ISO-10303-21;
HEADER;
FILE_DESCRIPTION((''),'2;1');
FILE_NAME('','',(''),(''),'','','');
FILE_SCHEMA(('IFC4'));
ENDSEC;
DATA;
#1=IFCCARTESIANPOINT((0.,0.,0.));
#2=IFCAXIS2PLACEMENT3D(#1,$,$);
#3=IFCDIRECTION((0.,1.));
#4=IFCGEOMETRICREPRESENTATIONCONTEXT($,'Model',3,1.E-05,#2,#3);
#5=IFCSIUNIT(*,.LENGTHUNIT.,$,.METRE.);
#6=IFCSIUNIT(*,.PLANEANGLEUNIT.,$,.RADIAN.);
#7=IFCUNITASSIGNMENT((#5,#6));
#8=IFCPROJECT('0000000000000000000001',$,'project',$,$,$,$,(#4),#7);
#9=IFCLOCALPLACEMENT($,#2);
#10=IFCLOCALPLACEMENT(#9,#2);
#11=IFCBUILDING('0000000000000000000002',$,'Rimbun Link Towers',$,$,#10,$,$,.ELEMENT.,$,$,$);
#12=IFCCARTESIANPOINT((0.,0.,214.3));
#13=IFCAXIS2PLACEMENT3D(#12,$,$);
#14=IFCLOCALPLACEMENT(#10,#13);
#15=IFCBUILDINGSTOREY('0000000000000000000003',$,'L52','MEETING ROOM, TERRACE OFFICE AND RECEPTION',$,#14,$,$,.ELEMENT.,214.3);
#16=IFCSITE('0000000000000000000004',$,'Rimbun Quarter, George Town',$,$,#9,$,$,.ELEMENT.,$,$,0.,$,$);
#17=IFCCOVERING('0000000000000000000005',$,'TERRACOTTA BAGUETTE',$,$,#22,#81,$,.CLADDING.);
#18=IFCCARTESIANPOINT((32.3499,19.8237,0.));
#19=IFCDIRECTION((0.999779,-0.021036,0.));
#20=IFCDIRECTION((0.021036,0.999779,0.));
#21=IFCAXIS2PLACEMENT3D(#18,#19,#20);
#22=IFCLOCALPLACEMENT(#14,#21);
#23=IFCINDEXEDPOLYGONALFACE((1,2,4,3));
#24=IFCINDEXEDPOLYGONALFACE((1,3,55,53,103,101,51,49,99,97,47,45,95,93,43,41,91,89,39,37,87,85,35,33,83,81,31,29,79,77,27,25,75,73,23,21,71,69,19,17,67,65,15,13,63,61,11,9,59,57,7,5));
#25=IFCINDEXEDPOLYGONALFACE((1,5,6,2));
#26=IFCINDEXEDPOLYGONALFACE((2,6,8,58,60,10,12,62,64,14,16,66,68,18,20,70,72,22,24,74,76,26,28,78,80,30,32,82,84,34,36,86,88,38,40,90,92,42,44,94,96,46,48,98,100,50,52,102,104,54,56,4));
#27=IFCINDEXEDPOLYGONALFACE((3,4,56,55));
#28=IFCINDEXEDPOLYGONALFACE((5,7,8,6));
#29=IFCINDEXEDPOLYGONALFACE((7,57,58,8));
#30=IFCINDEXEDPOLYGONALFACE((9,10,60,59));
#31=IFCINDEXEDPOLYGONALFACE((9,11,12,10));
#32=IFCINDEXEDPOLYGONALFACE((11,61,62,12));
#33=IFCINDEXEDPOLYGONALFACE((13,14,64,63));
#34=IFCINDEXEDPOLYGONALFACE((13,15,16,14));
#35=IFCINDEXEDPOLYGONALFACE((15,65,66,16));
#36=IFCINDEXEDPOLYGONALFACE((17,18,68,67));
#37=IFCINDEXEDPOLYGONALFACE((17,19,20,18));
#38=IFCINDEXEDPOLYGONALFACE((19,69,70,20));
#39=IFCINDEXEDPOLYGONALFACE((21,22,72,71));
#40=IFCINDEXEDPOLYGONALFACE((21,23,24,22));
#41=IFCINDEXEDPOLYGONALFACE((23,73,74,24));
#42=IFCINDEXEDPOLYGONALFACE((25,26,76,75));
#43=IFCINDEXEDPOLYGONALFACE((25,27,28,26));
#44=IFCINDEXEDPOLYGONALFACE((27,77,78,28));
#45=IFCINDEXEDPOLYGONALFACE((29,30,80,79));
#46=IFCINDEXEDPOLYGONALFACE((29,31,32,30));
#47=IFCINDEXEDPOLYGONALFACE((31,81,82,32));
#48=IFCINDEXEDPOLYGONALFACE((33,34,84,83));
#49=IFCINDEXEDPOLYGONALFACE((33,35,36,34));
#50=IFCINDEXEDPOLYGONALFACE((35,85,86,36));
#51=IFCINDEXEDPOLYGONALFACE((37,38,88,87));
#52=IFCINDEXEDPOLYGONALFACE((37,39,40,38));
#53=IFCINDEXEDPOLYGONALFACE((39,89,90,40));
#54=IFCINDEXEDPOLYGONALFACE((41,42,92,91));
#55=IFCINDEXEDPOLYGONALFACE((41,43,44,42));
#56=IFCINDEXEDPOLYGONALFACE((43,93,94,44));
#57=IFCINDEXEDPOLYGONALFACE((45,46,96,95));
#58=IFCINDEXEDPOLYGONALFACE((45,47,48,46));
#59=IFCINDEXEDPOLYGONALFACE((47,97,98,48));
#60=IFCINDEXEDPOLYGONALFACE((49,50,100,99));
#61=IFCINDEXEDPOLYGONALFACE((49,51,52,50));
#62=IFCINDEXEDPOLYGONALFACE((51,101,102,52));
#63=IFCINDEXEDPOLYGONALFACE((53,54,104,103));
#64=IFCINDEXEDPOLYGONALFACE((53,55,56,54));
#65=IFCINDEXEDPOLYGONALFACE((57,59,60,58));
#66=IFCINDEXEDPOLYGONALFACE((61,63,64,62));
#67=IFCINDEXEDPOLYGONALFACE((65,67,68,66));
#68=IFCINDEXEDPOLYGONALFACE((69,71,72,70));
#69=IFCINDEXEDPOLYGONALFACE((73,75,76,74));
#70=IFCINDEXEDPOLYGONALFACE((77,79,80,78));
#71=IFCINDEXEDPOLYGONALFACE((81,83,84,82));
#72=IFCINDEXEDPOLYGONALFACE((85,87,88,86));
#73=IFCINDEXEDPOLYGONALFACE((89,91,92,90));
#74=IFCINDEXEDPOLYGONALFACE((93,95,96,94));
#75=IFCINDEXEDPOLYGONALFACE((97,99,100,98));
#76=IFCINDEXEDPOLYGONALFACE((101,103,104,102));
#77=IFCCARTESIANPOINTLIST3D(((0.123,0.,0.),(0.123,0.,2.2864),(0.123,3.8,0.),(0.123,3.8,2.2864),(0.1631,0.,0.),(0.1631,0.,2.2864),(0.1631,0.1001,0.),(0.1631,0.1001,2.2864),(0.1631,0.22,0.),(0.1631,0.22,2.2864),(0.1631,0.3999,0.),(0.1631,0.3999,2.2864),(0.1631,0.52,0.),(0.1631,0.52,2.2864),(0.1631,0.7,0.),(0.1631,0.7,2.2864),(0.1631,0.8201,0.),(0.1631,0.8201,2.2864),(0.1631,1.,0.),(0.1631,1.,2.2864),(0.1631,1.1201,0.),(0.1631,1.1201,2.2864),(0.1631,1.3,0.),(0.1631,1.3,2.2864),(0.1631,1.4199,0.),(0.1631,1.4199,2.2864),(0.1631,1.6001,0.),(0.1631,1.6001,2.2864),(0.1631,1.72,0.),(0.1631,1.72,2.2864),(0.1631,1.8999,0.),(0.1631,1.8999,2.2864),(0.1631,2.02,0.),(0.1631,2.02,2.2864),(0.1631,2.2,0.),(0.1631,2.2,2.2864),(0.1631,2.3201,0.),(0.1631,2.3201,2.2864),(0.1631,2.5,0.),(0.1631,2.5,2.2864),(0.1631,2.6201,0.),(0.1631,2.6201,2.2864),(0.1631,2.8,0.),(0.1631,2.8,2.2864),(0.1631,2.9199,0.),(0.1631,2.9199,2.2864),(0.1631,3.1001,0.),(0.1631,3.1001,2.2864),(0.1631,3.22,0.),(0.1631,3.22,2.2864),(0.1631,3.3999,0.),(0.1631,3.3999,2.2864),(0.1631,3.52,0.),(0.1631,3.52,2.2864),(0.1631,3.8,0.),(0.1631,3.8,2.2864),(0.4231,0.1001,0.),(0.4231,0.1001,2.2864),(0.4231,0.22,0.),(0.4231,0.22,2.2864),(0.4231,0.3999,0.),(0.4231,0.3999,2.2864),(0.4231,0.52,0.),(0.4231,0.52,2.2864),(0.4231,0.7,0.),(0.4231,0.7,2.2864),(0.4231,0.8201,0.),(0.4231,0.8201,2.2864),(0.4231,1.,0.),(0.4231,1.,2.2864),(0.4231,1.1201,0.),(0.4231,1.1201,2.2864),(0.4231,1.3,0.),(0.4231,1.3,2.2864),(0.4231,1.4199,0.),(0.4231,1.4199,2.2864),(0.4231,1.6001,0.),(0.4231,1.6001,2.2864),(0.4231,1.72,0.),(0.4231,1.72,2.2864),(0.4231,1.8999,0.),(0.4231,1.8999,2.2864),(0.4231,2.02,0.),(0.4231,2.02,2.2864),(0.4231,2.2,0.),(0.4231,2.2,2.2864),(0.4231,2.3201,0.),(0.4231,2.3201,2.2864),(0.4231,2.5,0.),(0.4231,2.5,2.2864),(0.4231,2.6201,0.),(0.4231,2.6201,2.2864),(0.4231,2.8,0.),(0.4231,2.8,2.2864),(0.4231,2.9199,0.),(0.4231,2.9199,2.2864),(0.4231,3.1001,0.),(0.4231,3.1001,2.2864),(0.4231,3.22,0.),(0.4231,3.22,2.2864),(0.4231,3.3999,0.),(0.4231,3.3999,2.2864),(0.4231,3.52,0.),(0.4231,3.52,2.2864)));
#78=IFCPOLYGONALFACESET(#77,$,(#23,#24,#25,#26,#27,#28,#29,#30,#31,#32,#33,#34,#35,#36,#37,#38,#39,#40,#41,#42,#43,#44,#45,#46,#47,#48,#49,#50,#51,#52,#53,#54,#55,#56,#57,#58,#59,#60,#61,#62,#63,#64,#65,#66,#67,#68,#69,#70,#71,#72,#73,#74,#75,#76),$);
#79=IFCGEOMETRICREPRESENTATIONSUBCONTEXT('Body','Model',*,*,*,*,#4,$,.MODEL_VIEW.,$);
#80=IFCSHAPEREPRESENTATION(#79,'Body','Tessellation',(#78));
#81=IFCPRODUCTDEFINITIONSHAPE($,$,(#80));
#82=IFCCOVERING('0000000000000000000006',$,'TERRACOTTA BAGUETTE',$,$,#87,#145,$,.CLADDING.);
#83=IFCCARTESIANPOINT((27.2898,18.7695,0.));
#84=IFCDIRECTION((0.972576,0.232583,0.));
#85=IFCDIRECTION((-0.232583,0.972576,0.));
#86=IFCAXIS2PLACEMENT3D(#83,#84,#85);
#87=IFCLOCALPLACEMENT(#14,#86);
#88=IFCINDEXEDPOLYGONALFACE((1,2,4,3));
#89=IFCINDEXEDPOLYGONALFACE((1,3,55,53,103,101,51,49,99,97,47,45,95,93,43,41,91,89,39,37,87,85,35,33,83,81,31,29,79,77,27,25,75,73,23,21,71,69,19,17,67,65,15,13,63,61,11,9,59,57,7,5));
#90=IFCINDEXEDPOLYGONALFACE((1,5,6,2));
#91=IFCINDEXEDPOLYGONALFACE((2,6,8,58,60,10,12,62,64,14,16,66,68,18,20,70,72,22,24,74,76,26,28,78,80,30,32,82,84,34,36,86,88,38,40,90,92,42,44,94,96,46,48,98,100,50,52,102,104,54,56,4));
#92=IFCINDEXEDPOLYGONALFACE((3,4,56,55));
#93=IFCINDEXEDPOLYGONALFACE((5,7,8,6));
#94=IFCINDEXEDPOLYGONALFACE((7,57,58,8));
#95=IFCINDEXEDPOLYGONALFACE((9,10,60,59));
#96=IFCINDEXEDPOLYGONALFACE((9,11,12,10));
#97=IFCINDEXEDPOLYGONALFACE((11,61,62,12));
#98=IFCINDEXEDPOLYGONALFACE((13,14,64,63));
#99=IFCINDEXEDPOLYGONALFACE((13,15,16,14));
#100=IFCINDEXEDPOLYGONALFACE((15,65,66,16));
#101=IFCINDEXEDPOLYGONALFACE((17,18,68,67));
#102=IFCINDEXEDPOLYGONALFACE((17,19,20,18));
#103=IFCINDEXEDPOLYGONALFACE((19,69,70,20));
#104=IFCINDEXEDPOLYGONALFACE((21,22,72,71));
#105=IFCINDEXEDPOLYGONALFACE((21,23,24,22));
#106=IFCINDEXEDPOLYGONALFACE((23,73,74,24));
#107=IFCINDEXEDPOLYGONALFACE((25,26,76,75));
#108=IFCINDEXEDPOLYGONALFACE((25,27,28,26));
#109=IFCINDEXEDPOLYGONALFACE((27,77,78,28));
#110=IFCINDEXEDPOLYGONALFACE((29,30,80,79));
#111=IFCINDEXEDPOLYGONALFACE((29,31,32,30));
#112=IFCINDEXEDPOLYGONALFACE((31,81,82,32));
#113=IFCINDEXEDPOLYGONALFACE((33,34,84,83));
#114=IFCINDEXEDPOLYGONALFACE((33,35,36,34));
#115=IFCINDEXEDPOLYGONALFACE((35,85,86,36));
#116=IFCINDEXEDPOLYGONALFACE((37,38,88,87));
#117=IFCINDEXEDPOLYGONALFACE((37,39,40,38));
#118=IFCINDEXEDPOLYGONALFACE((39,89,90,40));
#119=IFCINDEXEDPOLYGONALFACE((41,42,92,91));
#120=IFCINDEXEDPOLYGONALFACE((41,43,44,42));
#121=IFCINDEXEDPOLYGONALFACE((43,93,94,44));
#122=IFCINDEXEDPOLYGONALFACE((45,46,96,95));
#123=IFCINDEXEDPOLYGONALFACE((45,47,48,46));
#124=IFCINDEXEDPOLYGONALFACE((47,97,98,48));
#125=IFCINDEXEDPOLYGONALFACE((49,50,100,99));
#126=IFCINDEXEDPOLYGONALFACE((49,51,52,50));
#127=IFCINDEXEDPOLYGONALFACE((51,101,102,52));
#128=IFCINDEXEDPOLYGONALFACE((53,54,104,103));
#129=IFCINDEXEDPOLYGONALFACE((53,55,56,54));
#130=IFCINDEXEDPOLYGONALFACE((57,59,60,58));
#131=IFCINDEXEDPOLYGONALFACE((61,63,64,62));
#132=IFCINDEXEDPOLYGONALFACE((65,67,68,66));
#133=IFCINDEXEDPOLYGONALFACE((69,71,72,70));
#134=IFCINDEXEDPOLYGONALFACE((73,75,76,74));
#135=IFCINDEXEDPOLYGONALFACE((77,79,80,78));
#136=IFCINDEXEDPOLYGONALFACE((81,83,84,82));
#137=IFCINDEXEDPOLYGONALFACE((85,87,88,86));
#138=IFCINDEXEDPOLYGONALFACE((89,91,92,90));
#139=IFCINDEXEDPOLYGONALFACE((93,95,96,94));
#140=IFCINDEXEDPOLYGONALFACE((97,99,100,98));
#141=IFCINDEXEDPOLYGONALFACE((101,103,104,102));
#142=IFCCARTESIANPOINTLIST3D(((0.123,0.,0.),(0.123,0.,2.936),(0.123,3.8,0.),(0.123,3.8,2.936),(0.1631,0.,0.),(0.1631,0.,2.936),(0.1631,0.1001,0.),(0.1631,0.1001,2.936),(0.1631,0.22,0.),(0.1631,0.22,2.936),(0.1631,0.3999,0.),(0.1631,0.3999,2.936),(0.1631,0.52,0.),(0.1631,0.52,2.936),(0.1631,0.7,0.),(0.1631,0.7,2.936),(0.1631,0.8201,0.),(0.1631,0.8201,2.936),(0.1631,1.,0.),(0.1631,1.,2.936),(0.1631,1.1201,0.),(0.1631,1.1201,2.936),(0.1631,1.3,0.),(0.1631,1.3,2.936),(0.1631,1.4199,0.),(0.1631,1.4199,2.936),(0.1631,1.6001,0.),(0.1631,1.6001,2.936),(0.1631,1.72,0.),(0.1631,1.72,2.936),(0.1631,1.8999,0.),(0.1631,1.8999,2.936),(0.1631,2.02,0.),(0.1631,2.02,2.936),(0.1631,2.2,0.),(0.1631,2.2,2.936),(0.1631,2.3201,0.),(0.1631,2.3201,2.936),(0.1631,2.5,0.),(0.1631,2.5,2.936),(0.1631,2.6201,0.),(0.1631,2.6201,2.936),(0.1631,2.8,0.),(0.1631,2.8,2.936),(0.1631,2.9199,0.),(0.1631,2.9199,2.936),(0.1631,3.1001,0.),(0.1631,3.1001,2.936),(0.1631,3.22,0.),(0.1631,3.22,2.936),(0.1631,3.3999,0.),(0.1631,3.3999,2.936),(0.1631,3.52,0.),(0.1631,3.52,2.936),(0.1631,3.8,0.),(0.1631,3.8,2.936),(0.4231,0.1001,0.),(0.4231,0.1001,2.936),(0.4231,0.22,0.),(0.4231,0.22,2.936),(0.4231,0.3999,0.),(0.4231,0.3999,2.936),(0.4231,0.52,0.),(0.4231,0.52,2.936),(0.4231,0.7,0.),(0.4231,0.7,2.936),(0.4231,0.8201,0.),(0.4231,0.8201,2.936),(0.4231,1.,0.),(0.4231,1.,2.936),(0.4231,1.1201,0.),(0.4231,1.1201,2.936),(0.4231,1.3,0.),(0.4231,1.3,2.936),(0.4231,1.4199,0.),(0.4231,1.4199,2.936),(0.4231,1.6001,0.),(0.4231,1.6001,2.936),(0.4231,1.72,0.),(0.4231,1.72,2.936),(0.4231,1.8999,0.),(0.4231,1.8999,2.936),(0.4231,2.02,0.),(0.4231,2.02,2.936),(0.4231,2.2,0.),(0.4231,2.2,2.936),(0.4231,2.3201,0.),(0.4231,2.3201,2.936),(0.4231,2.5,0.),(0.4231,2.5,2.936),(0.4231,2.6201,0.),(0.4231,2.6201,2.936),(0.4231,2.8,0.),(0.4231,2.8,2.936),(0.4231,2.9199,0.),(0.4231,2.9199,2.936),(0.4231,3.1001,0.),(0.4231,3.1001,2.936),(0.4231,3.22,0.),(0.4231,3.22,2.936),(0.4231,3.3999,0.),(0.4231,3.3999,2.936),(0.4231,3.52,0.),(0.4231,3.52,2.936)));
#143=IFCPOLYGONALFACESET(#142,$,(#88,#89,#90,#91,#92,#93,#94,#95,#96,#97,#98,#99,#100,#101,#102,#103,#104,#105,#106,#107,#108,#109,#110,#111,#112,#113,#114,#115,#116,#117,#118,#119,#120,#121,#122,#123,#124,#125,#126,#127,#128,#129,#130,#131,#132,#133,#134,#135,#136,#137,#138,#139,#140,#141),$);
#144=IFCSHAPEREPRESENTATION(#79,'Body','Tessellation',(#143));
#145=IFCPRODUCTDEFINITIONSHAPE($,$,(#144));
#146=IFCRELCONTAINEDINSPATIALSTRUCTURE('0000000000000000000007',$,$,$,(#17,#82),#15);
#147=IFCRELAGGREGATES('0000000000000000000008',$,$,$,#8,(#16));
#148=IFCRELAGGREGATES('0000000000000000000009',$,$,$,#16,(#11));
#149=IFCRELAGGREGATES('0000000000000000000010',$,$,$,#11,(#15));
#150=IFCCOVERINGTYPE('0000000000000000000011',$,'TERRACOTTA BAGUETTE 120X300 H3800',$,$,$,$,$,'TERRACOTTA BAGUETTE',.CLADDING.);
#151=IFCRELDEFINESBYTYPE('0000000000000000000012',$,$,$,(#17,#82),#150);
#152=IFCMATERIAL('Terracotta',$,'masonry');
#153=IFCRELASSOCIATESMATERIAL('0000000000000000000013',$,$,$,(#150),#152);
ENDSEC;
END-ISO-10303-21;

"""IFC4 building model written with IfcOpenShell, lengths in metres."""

from ifc_helpers import new_model, si_unit, direction, frame, origin, place, context, subcontext, project, spatial, polyline, outline, extrude, material, material_profile, profile_set, type_object, element, save


model = new_model("IFC4")

# Units and contexts
model_context = context("Model", 3, precision=1e-05, world=origin(), true_north=direction((0.0, 1.0)))
body_context = subcontext(model_context, "Body", "Model", "MODEL_VIEW")
ifc_project = project(units=[si_unit("LENGTHUNIT", "METRE"), si_unit("PLANEANGLEUNIT", "RADIAN")], contexts=[model_context])

# Site, building, storey
site_placement = place(None, origin())
site = spatial("IfcSite", under=ifc_project, at=site_placement, Name="Rimbun Quarter, George Town", CompositionType="ELEMENT", RefElevation=0.0)
building_placement = place(site_placement, origin())
building = spatial("IfcBuilding", under=site, at=building_placement, Name="Rimbun Link Towers", CompositionType="ELEMENT")
storey_placement = place(building_placement, frame((0.0, 0.0, 214.3)))
storey = spatial("IfcBuildingStorey", under=building, at=storey_placement, Name="L52", Description="MEETING ROOM, TERRACE OFFICE AND RECEPTION", CompositionType="ELEMENT", Elevation=214.3)

# Coverings
ifc_material_1 = material(Name="Terracotta", Category="masonry")
ifc_material_profile_1 = material_profile(ifc_material_1, outline(polyline([(0.123, 0.0), (0.1631, 0.0), (0.1631, 0.1001), (0.4231, 0.1001), (0.4231, 0.22), (0.1631, 0.22), (0.1631, 0.3999), (0.4231, 0.3999), (0.4231, 0.52), (0.1631, 0.52), (0.1631, 0.7), (0.4231, 0.7), (0.4231, 0.8201), (0.1631, 0.8201), (0.1631, 1.0), (0.4231, 1.0), (0.4231, 1.1201), (0.1631, 1.1201), (0.1631, 1.3), (0.4231, 1.3), (0.4231, 1.4199), (0.1631, 1.4199), (0.1631, 1.6001), (0.4231, 1.6001), (0.4231, 1.72), (0.1631, 1.72), (0.1631, 1.8999), (0.4231, 1.8999), (0.4231, 2.02), (0.1631, 2.02), (0.1631, 2.2), (0.4231, 2.2), (0.4231, 2.3201), (0.1631, 2.3201), (0.1631, 2.5), (0.4231, 2.5), (0.4231, 2.6201), (0.1631, 2.6201), (0.1631, 2.8), (0.4231, 2.8), (0.4231, 2.9199), (0.1631, 2.9199), (0.1631, 3.1001), (0.4231, 3.1001), (0.4231, 3.22), (0.1631, 3.22), (0.1631, 3.3999), (0.4231, 3.3999), (0.4231, 3.52), (0.1631, 3.52), (0.1631, 3.8), (0.123, 3.8), (0.123, 0.0)])), Name="BAGUETTE 120X300")
ifc_profile_set_1 = profile_set([ifc_material_profile_1], Name="Terracotta")
covering_type = type_object("IfcCoveringType", Name="TERRACOTTA BAGUETTE 120X300 H3800", ElementType="TERRACOTTA BAGUETTE", PredefinedType="CLADDING", material=ifc_profile_set_1)
covering_1_placement = place(storey_placement, frame((32.3499, 19.8237, 0.0), z_axis=(0.999779, -0.021036, 0.0), x_axis=(0.021036, 0.999779, 0.0)))
element("IfcCovering", 1, at=covering_1_placement, inside=storey, type_object=covering_type, Name="TERRACOTTA BAGUETTE", PredefinedType="CLADDING", context=body_context, shape_type="SweptSolid", body=[
    extrude(outline(polyline([(0.123, 0.0), (0.1631, 0.0), (0.1631, 0.1001), (0.4231, 0.1001), (0.4231, 0.22), (0.1631, 0.22), (0.1631, 0.3999), (0.4231, 0.3999), (0.4231, 0.52), (0.1631, 0.52), (0.1631, 0.7), (0.4231, 0.7), (0.4231, 0.8201), (0.1631, 0.8201), (0.1631, 1.0), (0.4231, 1.0), (0.4231, 1.1201), (0.1631, 1.1201), (0.1631, 1.3), (0.4231, 1.3), (0.4231, 1.4199), (0.1631, 1.4199), (0.1631, 1.6001), (0.4231, 1.6001), (0.4231, 1.72), (0.1631, 1.72), (0.1631, 1.8999), (0.4231, 1.8999), (0.4231, 2.02), (0.1631, 2.02), (0.1631, 2.2), (0.4231, 2.2), (0.4231, 2.3201), (0.1631, 2.3201), (0.1631, 2.5), (0.4231, 2.5), (0.4231, 2.6201), (0.1631, 2.6201), (0.1631, 2.8), (0.4231, 2.8), (0.4231, 2.9199), (0.1631, 2.9199), (0.1631, 3.1001), (0.4231, 3.1001), (0.4231, 3.22), (0.1631, 3.22), (0.1631, 3.3999), (0.4231, 3.3999), (0.4231, 3.52), (0.1631, 3.52), (0.1631, 3.8), (0.123, 3.8), (0.123, 0.0)])), origin(), (0.0, 0.0, 1.0), 2.2864),
])
covering_2_placement = place(storey_placement, frame((27.2898, 18.7695, 0.0), z_axis=(0.972576, 0.232583, 0.0), x_axis=(-0.232583, 0.972576, 0.0)))
element("IfcCovering", 2, at=covering_2_placement, inside=storey, type_object=covering_type, Name="TERRACOTTA BAGUETTE", PredefinedType="CLADDING", context=body_context, shape_type="SweptSolid", body=[
    extrude(outline(polyline([(0.123, 0.0), (0.1631, 0.0), (0.1631, 0.1001), (0.4231, 0.1001), (0.4231, 0.22), (0.1631, 0.22), (0.1631, 0.3999), (0.4231, 0.3999), (0.4231, 0.52), (0.1631, 0.52), (0.1631, 0.7), (0.4231, 0.7), (0.4231, 0.8201), (0.1631, 0.8201), (0.1631, 1.0), (0.4231, 1.0), (0.4231, 1.1201), (0.1631, 1.1201), (0.1631, 1.3), (0.4231, 1.3), (0.4231, 1.4199), (0.1631, 1.4199), (0.1631, 1.6001), (0.4231, 1.6001), (0.4231, 1.72), (0.1631, 1.72), (0.1631, 1.8999), (0.4231, 1.8999), (0.4231, 2.02), (0.1631, 2.02), (0.1631, 2.2), (0.4231, 2.2), (0.4231, 2.3201), (0.1631, 2.3201), (0.1631, 2.5), (0.4231, 2.5), (0.4231, 2.6201), (0.1631, 2.6201), (0.1631, 2.8), (0.4231, 2.8), (0.4231, 2.9199), (0.1631, 2.9199), (0.1631, 3.1001), (0.4231, 3.1001), (0.4231, 3.22), (0.1631, 3.22), (0.1631, 3.3999), (0.4231, 3.3999), (0.4231, 3.52), (0.1631, 3.52), (0.1631, 3.8), (0.123, 3.8), (0.123, 0.0)])), origin(), (0.0, 0.0, 1.0), 2.936),
])

save(model, "model.ifc")
